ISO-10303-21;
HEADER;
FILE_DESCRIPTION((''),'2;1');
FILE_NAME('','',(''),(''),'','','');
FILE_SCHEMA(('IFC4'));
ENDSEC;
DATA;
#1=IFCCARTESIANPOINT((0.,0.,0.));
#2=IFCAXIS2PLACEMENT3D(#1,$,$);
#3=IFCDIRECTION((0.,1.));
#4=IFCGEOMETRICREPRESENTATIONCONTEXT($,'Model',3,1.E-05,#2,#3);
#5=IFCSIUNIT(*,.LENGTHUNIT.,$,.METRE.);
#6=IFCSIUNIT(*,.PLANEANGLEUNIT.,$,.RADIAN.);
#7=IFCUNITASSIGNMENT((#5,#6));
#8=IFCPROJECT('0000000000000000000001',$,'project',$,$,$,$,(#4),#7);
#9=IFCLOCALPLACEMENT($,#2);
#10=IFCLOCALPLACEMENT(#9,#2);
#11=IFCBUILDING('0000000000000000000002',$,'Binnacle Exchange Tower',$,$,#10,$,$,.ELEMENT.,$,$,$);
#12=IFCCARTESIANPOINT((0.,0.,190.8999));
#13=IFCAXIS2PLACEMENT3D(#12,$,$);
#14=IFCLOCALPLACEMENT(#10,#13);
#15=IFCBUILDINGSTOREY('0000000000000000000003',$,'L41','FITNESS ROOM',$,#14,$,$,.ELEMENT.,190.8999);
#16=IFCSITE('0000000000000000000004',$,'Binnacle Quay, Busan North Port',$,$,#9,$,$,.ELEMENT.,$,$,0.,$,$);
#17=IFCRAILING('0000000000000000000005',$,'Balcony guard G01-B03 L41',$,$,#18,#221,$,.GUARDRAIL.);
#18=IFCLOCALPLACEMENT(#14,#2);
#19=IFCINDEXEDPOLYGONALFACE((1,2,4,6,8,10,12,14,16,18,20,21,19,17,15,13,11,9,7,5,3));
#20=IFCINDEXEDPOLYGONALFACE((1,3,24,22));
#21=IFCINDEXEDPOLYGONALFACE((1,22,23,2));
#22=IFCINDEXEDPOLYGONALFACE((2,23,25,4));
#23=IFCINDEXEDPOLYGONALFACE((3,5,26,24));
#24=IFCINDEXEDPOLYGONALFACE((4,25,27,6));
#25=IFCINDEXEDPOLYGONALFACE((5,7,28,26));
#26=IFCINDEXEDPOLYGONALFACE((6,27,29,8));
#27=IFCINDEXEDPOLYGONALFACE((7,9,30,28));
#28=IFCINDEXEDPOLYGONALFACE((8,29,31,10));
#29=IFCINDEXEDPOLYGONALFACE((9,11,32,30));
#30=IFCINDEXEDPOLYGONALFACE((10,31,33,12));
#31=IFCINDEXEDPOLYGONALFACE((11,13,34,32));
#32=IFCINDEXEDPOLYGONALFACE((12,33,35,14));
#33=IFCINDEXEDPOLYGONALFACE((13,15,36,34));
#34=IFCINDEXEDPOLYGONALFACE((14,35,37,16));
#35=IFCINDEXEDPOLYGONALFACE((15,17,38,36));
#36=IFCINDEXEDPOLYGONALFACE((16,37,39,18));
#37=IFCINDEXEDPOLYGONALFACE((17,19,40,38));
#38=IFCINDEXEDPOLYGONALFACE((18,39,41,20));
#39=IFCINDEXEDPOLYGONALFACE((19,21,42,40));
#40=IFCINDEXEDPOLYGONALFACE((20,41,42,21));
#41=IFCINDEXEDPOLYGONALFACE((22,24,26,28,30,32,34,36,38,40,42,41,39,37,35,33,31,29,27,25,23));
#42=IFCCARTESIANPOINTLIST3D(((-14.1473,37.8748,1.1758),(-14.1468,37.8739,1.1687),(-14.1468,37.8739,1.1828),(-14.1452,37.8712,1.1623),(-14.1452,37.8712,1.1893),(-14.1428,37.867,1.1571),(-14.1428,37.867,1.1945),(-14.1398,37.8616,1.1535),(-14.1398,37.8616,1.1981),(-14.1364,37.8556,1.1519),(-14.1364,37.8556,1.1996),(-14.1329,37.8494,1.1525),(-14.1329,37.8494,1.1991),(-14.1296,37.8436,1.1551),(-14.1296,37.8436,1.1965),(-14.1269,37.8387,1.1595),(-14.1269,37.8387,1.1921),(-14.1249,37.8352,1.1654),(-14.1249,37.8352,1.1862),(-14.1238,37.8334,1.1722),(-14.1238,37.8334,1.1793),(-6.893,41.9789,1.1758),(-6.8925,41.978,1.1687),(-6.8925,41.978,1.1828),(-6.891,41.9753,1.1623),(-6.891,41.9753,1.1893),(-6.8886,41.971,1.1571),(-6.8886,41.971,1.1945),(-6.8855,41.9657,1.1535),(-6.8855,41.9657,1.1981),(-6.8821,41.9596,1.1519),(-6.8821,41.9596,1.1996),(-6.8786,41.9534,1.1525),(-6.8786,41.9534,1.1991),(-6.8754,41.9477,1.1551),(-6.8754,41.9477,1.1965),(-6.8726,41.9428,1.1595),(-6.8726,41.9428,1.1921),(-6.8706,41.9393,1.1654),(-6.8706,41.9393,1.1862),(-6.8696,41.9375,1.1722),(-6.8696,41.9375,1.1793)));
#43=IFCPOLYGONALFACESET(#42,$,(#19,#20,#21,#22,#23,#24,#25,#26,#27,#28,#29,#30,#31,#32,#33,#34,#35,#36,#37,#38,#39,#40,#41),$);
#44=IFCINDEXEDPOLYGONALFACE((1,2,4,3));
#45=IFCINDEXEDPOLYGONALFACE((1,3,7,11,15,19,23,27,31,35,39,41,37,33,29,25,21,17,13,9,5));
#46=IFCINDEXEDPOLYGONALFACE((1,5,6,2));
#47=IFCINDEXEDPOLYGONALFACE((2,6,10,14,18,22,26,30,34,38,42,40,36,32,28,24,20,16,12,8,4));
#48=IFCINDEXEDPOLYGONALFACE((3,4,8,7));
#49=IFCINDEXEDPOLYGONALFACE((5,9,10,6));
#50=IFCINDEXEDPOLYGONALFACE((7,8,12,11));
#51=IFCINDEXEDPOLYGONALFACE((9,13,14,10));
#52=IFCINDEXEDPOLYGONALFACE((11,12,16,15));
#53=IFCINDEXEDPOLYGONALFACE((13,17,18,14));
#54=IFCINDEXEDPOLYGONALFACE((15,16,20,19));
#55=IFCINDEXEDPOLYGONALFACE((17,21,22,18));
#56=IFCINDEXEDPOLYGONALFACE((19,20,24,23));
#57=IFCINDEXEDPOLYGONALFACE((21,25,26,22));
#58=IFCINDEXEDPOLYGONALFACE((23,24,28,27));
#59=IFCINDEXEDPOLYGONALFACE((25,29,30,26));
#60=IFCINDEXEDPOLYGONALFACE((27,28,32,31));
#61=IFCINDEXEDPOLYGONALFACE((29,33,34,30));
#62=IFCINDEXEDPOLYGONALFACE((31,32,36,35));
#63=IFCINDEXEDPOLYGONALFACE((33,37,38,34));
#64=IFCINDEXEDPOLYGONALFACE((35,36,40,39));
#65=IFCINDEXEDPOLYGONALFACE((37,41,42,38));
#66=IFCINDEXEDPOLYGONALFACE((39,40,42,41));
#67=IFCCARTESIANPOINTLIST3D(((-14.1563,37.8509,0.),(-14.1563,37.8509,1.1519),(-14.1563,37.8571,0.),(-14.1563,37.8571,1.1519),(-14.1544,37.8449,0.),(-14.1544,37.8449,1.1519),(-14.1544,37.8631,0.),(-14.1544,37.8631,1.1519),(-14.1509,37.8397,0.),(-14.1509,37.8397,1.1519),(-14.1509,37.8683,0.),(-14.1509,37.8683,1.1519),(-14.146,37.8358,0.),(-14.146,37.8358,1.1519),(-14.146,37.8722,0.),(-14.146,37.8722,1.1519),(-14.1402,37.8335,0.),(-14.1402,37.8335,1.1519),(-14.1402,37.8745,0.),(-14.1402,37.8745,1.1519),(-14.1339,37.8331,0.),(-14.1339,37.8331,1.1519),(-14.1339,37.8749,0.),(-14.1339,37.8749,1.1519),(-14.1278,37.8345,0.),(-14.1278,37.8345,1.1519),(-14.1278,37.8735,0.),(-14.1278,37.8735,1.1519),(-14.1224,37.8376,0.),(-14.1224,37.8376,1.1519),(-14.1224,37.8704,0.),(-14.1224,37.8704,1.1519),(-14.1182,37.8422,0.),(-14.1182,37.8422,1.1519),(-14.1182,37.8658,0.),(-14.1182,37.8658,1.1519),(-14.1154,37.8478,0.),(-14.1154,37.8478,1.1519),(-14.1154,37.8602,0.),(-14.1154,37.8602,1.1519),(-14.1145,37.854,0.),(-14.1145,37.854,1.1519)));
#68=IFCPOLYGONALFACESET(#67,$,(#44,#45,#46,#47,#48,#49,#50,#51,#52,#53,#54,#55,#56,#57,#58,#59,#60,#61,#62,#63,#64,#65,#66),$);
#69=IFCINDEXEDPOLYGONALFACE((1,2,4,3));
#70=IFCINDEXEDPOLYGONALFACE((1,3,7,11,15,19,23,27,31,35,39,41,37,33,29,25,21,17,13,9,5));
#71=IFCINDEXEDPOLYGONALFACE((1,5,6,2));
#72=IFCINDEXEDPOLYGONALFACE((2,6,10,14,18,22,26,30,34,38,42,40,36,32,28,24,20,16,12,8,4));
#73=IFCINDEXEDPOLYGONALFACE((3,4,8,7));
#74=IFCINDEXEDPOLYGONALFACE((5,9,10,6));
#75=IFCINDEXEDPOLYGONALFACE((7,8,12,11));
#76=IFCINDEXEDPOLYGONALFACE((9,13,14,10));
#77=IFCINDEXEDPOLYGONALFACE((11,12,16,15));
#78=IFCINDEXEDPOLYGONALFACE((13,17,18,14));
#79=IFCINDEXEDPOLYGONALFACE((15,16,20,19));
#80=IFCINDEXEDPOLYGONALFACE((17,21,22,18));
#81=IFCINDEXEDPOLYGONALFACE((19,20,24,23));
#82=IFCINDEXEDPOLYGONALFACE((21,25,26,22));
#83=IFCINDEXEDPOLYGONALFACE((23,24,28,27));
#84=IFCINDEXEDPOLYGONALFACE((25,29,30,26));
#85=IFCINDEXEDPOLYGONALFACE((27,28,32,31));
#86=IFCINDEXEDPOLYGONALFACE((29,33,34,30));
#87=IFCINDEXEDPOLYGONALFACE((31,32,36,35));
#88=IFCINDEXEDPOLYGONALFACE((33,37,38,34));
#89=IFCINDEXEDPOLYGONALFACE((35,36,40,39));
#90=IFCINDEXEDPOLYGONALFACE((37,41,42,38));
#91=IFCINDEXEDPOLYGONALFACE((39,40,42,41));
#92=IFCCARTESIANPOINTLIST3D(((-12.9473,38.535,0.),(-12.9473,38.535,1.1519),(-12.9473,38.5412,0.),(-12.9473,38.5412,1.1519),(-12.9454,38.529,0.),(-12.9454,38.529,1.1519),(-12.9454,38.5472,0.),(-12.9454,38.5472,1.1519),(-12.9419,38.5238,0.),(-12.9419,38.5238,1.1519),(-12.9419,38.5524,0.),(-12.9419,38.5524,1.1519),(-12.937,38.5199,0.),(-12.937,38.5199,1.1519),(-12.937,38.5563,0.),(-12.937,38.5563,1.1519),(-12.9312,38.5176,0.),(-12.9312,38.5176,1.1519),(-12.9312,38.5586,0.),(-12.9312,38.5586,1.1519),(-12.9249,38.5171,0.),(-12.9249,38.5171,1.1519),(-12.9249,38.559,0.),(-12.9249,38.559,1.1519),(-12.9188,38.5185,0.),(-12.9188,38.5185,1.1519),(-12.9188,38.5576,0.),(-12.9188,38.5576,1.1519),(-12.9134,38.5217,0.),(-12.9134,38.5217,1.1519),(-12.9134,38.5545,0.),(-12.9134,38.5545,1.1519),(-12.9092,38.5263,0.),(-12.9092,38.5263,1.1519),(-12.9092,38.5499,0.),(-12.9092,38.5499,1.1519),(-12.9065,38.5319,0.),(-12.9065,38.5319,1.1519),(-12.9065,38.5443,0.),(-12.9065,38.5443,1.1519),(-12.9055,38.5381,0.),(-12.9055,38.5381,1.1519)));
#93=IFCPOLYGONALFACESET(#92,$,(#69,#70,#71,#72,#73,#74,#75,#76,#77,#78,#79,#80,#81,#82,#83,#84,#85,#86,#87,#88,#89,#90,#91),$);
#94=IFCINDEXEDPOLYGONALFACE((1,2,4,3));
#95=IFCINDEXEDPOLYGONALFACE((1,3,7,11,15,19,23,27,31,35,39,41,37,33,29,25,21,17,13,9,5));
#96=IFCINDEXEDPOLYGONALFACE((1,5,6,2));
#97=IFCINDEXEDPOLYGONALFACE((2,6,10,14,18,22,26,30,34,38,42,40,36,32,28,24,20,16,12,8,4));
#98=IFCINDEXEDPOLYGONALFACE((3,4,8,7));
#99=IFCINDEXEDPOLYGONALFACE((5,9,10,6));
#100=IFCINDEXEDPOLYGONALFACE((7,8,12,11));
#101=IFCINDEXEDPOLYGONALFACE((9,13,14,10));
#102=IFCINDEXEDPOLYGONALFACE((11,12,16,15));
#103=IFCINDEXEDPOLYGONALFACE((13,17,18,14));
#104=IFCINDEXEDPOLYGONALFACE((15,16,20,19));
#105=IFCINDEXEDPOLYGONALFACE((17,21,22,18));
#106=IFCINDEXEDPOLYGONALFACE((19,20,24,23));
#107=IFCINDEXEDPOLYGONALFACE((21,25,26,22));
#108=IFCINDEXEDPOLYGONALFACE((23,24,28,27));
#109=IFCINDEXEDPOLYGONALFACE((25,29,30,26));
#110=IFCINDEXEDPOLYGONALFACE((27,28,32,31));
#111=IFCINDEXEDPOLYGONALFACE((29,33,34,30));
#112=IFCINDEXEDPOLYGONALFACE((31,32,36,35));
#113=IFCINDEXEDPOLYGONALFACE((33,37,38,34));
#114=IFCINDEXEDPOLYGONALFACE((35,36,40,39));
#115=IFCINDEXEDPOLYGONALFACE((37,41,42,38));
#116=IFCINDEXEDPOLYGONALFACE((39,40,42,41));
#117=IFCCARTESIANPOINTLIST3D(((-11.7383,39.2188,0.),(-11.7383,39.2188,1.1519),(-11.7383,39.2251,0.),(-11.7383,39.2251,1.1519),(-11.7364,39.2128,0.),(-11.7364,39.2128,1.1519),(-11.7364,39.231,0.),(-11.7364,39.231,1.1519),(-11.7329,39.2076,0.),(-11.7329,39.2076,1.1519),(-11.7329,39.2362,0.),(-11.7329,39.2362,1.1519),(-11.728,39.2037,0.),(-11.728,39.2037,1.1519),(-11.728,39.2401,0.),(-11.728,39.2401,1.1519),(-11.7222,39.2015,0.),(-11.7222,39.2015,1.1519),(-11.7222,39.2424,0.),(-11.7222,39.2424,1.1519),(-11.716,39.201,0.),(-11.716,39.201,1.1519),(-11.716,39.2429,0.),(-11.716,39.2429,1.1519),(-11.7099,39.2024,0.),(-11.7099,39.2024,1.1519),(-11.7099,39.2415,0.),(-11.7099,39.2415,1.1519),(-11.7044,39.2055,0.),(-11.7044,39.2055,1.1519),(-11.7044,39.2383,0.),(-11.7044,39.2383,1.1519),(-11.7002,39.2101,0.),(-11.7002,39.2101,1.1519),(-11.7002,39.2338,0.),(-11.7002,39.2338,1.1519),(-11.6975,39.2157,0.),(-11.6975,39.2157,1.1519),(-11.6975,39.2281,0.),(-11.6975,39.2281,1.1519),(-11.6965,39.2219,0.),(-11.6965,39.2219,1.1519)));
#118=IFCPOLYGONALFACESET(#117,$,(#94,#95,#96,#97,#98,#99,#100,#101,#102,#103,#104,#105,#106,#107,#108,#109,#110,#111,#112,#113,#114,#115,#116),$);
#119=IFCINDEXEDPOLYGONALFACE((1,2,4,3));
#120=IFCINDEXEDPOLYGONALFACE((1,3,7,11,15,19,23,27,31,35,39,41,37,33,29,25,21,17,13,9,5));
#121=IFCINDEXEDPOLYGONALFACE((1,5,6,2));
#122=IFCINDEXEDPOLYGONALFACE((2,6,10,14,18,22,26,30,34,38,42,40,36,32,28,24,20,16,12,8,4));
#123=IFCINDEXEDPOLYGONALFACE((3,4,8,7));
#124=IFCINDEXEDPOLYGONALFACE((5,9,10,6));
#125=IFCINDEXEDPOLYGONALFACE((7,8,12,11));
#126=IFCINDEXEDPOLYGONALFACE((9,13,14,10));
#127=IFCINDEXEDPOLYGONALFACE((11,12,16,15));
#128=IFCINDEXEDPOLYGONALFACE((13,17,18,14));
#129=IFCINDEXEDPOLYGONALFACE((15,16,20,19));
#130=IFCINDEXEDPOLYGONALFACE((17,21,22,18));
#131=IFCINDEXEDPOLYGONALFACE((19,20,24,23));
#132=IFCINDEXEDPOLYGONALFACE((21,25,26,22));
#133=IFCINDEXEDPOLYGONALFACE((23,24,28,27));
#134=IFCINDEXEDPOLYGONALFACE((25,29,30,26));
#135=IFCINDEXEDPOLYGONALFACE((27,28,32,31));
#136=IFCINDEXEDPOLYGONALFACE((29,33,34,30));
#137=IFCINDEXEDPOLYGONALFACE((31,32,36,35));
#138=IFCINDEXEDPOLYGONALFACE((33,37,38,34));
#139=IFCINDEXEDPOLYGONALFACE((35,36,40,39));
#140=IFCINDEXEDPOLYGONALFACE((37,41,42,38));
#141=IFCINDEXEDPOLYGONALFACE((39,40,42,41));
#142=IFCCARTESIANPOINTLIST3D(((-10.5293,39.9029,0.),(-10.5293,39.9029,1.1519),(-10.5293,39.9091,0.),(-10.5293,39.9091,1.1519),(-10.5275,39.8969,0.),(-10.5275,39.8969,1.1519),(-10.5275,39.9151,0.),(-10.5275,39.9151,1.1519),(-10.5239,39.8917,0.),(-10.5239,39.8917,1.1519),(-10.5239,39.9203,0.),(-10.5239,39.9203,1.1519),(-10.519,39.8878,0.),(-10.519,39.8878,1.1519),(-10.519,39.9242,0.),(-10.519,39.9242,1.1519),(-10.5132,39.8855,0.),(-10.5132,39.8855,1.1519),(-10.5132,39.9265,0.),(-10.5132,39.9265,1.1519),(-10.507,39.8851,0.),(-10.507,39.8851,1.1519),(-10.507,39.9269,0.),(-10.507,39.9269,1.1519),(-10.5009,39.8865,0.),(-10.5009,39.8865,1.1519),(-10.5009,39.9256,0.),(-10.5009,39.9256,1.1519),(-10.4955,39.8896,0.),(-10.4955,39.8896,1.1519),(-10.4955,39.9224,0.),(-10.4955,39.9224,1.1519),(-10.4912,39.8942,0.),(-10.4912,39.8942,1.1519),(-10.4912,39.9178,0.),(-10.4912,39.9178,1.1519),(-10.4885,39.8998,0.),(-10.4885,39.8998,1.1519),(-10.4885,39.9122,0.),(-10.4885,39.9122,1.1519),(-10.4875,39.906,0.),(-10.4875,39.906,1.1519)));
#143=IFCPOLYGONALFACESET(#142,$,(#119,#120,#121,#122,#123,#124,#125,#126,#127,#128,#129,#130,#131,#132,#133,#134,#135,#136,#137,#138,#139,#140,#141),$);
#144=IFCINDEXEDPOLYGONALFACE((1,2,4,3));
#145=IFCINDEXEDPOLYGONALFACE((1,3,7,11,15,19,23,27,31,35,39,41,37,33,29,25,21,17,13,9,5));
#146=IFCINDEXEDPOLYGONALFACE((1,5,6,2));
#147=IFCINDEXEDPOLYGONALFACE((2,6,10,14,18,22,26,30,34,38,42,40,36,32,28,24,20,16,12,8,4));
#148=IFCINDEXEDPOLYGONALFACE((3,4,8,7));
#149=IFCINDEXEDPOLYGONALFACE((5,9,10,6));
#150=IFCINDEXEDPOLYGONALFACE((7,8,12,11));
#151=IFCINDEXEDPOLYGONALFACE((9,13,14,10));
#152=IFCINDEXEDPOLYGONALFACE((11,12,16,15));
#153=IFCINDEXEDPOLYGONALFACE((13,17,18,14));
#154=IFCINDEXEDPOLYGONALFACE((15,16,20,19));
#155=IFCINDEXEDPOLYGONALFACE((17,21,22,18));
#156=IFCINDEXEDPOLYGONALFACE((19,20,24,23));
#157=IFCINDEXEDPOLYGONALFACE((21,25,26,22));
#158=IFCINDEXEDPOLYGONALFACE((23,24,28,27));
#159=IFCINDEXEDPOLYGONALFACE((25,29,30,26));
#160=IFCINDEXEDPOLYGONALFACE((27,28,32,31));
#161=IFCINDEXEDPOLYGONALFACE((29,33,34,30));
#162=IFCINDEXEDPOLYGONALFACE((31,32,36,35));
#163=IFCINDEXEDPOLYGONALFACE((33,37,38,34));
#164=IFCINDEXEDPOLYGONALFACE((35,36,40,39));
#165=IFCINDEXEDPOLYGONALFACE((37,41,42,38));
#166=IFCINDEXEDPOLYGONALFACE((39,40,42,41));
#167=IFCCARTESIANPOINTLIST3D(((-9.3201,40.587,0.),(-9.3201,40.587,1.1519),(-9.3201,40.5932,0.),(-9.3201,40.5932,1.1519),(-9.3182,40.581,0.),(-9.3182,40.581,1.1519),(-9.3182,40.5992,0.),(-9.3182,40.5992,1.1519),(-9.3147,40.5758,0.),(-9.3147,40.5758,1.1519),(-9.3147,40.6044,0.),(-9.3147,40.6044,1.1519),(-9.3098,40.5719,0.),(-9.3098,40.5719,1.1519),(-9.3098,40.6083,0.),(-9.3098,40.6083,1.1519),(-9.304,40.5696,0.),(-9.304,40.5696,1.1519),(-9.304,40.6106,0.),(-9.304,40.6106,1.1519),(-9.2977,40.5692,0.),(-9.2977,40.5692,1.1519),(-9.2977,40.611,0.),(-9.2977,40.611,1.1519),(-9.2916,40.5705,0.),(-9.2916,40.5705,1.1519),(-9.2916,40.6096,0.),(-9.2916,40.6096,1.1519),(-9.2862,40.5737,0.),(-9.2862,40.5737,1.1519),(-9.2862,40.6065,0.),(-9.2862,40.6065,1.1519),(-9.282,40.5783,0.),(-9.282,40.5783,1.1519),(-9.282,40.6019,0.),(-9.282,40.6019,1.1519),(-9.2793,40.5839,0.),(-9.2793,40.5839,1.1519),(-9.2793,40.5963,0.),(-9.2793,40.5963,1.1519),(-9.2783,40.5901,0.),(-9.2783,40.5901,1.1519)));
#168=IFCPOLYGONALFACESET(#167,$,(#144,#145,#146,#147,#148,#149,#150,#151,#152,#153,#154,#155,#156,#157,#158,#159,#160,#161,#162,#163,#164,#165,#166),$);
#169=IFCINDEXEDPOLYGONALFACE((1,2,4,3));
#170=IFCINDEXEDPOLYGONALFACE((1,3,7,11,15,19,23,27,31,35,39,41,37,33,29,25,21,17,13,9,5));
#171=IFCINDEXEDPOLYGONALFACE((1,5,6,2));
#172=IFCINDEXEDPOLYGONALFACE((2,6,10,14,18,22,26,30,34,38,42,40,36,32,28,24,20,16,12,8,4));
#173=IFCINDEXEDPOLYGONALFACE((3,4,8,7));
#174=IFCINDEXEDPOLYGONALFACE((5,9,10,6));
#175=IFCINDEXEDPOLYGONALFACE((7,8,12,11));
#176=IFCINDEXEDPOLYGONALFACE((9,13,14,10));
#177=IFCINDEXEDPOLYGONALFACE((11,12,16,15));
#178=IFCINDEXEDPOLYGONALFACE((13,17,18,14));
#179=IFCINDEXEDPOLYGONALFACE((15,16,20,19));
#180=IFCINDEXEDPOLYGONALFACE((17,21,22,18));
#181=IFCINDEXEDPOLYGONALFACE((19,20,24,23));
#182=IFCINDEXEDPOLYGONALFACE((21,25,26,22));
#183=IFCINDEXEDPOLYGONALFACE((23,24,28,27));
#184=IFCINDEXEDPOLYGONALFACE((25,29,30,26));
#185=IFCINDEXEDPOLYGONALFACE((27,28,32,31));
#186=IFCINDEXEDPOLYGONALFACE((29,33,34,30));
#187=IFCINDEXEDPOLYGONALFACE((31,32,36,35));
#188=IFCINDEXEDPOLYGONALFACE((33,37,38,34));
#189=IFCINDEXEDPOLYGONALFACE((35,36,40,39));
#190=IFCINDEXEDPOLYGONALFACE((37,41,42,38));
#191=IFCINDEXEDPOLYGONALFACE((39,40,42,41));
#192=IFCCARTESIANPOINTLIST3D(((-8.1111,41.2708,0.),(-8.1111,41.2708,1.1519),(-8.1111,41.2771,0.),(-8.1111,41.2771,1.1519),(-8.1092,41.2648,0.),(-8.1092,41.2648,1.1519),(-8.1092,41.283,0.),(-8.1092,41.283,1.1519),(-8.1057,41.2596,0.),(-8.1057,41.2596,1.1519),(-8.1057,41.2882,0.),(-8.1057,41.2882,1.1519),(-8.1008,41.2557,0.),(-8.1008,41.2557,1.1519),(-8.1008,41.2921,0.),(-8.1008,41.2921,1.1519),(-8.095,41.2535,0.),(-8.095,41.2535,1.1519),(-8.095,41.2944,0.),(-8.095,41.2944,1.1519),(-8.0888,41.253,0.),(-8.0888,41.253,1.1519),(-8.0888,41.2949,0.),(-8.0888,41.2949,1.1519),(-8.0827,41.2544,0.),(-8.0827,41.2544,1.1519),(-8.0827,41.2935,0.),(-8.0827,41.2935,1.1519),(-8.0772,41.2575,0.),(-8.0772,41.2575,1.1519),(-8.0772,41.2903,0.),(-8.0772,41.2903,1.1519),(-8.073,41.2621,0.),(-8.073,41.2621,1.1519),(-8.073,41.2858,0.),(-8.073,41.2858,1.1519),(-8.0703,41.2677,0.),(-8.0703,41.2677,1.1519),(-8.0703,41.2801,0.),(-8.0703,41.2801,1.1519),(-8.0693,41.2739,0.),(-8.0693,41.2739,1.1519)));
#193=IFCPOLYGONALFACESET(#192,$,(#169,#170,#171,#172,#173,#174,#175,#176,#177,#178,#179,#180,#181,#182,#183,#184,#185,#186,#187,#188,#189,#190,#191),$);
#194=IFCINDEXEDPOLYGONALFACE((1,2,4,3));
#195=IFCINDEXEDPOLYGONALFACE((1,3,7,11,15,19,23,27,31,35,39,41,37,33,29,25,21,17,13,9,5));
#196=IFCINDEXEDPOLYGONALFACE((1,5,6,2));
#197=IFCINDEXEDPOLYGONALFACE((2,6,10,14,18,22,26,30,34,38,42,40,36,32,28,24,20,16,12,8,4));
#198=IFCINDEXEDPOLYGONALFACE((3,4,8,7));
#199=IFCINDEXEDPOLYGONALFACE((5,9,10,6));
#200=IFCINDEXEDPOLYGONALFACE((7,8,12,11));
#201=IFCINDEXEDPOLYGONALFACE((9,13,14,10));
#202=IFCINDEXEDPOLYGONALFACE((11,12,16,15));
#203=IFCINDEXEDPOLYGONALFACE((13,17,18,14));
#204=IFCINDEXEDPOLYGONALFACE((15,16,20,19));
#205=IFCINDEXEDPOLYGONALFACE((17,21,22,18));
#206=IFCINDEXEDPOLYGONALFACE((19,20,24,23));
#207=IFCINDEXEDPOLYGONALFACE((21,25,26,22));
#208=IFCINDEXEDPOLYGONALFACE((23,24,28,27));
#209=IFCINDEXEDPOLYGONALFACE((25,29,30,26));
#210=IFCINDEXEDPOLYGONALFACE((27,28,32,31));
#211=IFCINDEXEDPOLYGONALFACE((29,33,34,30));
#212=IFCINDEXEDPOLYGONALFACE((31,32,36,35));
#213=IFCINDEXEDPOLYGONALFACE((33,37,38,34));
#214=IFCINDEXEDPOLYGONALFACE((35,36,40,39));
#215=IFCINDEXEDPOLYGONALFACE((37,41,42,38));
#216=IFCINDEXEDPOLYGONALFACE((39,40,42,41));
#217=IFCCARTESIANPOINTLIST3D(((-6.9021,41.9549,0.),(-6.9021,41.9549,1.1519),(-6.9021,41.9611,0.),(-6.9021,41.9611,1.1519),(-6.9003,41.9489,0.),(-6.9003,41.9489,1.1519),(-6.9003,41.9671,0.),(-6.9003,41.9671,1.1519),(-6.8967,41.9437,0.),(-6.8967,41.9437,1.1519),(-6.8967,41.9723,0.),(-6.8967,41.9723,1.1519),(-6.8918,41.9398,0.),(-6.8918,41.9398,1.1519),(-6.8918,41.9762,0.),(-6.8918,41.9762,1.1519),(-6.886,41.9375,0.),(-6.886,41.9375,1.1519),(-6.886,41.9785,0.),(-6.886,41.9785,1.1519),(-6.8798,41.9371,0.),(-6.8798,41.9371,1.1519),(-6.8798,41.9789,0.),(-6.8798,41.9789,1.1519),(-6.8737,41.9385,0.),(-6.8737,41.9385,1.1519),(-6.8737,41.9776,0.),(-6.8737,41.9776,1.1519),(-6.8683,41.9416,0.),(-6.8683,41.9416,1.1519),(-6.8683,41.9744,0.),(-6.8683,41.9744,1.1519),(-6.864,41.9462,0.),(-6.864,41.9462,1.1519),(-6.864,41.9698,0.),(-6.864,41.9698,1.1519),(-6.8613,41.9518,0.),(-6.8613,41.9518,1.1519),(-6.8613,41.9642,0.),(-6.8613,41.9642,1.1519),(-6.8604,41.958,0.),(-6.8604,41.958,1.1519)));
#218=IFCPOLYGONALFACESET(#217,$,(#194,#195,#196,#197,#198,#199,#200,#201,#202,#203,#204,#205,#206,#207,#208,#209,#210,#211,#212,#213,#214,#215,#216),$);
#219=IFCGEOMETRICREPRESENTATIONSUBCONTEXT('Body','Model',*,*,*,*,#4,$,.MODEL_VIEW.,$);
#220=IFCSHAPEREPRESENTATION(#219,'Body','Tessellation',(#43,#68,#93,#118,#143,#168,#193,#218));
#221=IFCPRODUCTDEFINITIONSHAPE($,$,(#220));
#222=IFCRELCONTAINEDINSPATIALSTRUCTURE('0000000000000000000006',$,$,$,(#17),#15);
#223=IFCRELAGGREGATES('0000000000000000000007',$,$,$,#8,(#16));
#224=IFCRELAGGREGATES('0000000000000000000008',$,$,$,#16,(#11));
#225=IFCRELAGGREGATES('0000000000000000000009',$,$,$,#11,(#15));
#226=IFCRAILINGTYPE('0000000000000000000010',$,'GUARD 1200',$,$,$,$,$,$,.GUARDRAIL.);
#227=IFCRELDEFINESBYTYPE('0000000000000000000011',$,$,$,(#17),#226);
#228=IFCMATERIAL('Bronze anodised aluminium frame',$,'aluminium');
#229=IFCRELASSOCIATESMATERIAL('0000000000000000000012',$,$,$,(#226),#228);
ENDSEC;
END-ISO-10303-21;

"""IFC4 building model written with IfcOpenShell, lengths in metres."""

from ifc_helpers import new_model, si_unit, direction, frame, origin, origin_2d, place, context, subcontext, project, spatial, circle, extrude, material, type_object, element, save


model = new_model("IFC4")

# Units and contexts
model_context = context("Model", 3, precision=1e-05, world=origin(), true_north=direction((0.0, 1.0)))
body_context = subcontext(model_context, "Body", "Model", "MODEL_VIEW")
ifc_project = project(units=[si_unit("LENGTHUNIT", "METRE"), si_unit("PLANEANGLEUNIT", "RADIAN")], contexts=[model_context])

# Site, building, storey
site_placement = place(None, origin())
site = spatial("IfcSite", under=ifc_project, at=site_placement, Name="Binnacle Quay, Busan North Port", CompositionType="ELEMENT", RefElevation=0.0)
building_placement = place(site_placement, origin())
building = spatial("IfcBuilding", under=site, at=building_placement, Name="Binnacle Exchange Tower", CompositionType="ELEMENT")
storey_placement = place(building_placement, frame((0.0, 0.0, 190.8999)))
storey = spatial("IfcBuildingStorey", under=building, at=storey_placement, Name="L41", Description="FITNESS ROOM", CompositionType="ELEMENT", Elevation=190.8999)

# Railing
ifc_material_1 = material(Name="Bronze anodised aluminium frame", Category="aluminium")
railing_type = type_object("IfcRailingType", Name="GUARD 1200", PredefinedType="GUARDRAIL", material=ifc_material_1)
railing_placement = place(storey_placement, frame((-14.1355, 37.854, 0.0)))
element("IfcRailing", 1, at=railing_placement, inside=storey, type_object=railing_type, Name="Balcony guard G01-B03 L41", PredefinedType="GUARDRAIL", context=body_context, shape_type="SweptSolid", body=[
    extrude(circle(Radius=0.0239, at=origin_2d()), frame((0.0, 0.0, 1.1758), z_axis=(0.870366, 0.492406, 0.0), x_axis=(-0.492406, 0.870366, 0.0)), (0.0, 0.0, 1.0), 8.3347),
    extrude(circle(Radius=0.021, at=origin_2d()), origin(), (0.0, 0.0, 1.0), 1.1519),
    extrude(circle(Radius=0.021, at=origin_2d()), frame((1.209, 0.6841, 0.0)), (0.0, 0.0, 1.0), 1.1519),
    extrude(circle(Radius=0.021, at=origin_2d()), frame((2.418, 1.3679, 0.0)), (0.0, 0.0, 1.0), 1.1519),
    extrude(circle(Radius=0.021, at=origin_2d()), frame((3.627, 2.052, 0.0)), (0.0, 0.0, 1.0), 1.1519),
    extrude(circle(Radius=0.021, at=origin_2d()), frame((4.8362, 2.7361, 0.0)), (0.0, 0.0, 1.0), 1.1519),
    extrude(circle(Radius=0.021, at=origin_2d()), frame((6.0452, 3.4199, 0.0)), (0.0, 0.0, 1.0), 1.1519),
    extrude(circle(Radius=0.021, at=origin_2d()), frame((7.2542, 4.104, 0.0)), (0.0, 0.0, 1.0), 1.1519),
])

save(model, "model.ifc")
